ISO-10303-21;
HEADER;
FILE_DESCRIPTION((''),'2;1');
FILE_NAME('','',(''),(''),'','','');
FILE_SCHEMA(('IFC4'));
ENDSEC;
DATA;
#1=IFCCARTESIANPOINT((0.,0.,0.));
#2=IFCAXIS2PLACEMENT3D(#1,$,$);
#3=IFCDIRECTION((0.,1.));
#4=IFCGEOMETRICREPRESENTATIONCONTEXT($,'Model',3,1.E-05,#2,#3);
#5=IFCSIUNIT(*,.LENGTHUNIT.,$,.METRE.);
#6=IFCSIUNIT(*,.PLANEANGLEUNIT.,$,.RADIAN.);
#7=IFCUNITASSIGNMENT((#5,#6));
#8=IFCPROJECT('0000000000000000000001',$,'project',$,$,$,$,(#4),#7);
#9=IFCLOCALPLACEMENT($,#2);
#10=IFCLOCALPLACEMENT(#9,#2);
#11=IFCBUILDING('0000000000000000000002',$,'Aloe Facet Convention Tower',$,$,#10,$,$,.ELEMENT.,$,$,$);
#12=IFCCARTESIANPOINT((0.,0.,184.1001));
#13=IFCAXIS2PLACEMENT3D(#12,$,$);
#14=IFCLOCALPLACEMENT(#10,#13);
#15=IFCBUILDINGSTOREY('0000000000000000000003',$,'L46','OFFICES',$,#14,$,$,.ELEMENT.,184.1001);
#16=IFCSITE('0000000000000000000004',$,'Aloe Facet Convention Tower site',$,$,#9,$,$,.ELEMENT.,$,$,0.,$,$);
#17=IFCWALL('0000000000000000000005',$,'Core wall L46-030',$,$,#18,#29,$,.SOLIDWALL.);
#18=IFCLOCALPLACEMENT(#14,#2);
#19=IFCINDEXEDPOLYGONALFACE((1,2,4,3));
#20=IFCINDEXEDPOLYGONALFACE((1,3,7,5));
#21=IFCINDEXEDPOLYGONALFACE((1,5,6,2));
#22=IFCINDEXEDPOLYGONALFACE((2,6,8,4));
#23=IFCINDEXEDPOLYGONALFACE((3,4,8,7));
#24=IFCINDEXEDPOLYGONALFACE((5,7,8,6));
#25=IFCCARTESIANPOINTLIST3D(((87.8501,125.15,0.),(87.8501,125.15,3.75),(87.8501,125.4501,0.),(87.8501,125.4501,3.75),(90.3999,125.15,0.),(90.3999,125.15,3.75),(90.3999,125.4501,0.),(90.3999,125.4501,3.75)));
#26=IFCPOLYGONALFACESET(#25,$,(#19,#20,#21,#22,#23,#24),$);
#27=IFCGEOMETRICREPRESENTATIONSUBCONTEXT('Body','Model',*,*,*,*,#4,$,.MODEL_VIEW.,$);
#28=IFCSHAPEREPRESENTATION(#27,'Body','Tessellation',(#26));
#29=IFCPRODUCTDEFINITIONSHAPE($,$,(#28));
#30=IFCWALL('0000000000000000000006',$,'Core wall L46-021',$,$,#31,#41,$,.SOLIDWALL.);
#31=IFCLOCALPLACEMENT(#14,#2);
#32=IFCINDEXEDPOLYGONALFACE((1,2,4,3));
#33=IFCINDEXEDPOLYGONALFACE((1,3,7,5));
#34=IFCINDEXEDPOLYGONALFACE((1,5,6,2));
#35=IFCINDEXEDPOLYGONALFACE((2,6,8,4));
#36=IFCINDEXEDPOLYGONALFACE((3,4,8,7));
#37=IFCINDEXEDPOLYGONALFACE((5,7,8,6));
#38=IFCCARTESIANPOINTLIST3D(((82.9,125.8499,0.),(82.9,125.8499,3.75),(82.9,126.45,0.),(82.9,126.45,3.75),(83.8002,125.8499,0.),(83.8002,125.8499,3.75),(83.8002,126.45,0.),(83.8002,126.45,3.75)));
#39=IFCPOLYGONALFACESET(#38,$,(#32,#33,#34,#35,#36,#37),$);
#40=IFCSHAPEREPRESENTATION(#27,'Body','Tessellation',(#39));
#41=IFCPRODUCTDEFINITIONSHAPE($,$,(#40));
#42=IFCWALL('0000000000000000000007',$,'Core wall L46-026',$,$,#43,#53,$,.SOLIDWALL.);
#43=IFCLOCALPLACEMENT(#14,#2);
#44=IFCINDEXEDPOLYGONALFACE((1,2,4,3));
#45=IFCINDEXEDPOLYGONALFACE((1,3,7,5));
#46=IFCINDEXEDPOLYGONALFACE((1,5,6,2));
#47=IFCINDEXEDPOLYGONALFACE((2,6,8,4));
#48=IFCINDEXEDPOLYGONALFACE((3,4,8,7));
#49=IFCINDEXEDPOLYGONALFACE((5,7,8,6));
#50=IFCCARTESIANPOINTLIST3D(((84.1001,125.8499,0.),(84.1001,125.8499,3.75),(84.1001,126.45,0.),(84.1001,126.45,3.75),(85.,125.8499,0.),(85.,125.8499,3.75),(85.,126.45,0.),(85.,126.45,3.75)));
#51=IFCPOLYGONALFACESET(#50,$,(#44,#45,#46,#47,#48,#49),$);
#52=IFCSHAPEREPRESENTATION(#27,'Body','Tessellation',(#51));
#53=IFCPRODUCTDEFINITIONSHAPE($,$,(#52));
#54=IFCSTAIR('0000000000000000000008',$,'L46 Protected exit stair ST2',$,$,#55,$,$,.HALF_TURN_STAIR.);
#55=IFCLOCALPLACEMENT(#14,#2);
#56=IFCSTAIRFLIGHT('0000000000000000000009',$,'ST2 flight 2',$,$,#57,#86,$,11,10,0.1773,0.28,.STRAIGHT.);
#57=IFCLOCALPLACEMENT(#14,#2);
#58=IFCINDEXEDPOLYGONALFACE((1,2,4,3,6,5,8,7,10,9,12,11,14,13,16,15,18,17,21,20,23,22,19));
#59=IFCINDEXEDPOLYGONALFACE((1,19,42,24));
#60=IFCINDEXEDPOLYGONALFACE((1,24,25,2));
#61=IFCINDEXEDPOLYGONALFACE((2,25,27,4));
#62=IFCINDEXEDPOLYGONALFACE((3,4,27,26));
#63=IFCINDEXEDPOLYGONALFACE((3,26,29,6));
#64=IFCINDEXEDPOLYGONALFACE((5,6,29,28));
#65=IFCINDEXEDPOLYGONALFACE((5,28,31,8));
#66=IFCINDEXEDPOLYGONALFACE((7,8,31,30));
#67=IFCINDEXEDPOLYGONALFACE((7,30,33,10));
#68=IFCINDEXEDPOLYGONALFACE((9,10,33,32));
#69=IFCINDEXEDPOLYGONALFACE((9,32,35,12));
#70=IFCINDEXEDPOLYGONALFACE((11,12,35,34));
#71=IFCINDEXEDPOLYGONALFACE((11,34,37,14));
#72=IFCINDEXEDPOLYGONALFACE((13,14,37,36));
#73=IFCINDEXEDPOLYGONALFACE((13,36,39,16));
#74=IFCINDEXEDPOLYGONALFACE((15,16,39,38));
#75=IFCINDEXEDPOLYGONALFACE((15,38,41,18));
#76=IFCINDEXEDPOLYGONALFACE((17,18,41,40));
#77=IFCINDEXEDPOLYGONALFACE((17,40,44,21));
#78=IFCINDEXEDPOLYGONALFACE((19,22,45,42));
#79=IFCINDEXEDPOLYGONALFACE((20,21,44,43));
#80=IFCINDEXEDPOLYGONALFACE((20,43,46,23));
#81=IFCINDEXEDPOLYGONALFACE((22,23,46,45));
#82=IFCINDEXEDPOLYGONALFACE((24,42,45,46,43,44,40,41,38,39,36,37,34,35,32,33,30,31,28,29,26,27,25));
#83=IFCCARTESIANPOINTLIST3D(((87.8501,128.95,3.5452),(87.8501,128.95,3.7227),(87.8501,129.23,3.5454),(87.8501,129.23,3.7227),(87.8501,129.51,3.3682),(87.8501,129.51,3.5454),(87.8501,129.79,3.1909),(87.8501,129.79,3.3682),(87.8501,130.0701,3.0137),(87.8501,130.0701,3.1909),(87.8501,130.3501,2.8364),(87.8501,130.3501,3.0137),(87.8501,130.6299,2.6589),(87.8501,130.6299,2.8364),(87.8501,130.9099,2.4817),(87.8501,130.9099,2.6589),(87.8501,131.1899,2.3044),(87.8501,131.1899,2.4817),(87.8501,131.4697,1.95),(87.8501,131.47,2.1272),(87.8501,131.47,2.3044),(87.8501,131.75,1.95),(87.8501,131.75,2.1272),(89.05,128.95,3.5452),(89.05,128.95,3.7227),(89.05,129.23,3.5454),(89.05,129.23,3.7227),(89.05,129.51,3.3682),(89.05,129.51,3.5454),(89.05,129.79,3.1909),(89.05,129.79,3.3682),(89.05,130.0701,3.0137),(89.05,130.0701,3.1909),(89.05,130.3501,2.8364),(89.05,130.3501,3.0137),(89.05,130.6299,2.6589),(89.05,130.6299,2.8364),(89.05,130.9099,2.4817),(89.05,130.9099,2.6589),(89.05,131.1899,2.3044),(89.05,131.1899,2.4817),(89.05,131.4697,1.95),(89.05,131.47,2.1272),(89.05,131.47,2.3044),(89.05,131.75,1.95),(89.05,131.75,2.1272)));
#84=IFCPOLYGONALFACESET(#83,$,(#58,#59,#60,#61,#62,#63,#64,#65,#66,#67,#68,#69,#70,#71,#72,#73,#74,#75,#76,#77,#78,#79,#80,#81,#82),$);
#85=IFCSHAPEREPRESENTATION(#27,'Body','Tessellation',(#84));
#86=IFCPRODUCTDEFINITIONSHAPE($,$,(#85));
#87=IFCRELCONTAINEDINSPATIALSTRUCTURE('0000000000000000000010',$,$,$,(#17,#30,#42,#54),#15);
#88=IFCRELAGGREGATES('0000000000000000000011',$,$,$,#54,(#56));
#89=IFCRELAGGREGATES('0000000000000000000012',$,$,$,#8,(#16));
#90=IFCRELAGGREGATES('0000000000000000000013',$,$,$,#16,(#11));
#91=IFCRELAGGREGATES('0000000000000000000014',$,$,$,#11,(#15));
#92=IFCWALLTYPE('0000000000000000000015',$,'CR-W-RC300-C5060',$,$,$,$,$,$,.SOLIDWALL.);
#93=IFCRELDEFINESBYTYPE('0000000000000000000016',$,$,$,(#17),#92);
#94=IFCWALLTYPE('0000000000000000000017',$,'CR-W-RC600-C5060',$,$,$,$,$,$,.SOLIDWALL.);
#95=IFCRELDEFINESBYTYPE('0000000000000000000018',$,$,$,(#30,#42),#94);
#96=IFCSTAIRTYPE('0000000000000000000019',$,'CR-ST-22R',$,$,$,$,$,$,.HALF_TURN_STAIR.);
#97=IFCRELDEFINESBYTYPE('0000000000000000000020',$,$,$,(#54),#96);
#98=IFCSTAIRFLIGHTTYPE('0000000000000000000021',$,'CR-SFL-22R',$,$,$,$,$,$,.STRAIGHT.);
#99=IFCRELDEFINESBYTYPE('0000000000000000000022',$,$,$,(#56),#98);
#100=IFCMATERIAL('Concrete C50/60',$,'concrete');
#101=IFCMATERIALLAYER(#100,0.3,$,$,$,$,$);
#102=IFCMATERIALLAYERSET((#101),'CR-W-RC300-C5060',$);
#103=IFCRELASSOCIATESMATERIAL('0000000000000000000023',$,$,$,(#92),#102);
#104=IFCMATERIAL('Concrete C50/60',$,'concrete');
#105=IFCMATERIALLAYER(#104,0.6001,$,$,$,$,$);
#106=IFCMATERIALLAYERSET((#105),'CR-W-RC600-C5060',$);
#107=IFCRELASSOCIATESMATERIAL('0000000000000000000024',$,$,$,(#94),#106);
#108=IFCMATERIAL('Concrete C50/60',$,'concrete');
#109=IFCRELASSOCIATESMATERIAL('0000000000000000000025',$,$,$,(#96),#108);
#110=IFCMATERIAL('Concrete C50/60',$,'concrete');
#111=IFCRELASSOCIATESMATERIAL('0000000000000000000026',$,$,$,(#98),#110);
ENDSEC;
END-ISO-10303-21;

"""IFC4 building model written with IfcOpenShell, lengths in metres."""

from ifc_helpers import new_model, si_unit, direction, frame, frame_2d, origin, place, context, subcontext, project, spatial, polyline, rectangle, outline, extrude, material, layer, layer_set, type_object, element, aggregate, save


model = new_model("IFC4")

# Units and contexts
model_context = context("Model", 3, precision=1e-05, world=origin(), true_north=direction((0.0, 1.0)))
body_context = subcontext(model_context, "Body", "Model", "MODEL_VIEW")
ifc_project = project(units=[si_unit("LENGTHUNIT", "METRE"), si_unit("PLANEANGLEUNIT", "RADIAN")], contexts=[model_context])

# Site, building, storey
site_placement = place(None, origin())
site = spatial("IfcSite", under=ifc_project, at=site_placement, Name="Aloe Facet Convention Tower site", CompositionType="ELEMENT", RefElevation=0.0)
building_placement = place(site_placement, origin())
building = spatial("IfcBuilding", under=site, at=building_placement, Name="Aloe Facet Convention Tower", CompositionType="ELEMENT")
storey_placement = place(building_placement, frame((0.0, 0.0, 184.1001)))
storey = spatial("IfcBuildingStorey", under=building, at=storey_placement, Name="L46", Description="OFFICES", CompositionType="ELEMENT", Elevation=184.1001)

# Shared definitions
ifc_material_1 = material(Name="Concrete C50/60", Category="concrete")
ifc_layer_1 = layer(ifc_material_1, 0.3)
ifc_layer_set_1 = layer_set([ifc_layer_1], Name="CR-W-RC300-C5060")
wall_type_1 = type_object("IfcWallType", Name="CR-W-RC300-C5060", PredefinedType="SOLIDWALL", material=ifc_layer_set_1)

# Walls
for number, where, z_axis, x_axis, name in (
    (1, (87.8501, 125.3, 0.0), (0.0, 0.0, 1.0), (1.0, 0.0, 0.0), "Core wall L46-030"),
):
    element("IfcWall", number, at=place(storey_placement, frame(where, z_axis=z_axis, x_axis=x_axis)), inside=storey, type_object=wall_type_1, Name=name, PredefinedType="SOLIDWALL", context=body_context, shape_type="SweptSolid", body=[
        extrude(rectangle(XDim=2.5498, YDim=0.3, at=frame_2d((1.2749, 0.0))), origin(), (0.0, 0.0, 1.0), 3.75),
    ])
ifc_material_2 = material(Name="Concrete C50/60", Category="concrete")
ifc_layer_2 = layer(ifc_material_2, 0.6001)
ifc_layer_set_2 = layer_set([ifc_layer_2], Name="CR-W-RC600-C5060")
wall_type_2 = type_object("IfcWallType", Name="CR-W-RC600-C5060", PredefinedType="SOLIDWALL", material=ifc_layer_set_2)
wall_1_placement = place(storey_placement, frame((82.8999, 126.1499, 0.0), z_axis=(0.0, 0.0, 1.0), x_axis=(1.0, 0.0, 0.0)))
element("IfcWall", 2, at=wall_1_placement, inside=storey, type_object=wall_type_2, Name="Core wall L46-021", PredefinedType="SOLIDWALL", context=body_context, shape_type="SweptSolid", body=[
    extrude(rectangle(XDim=0.9001, YDim=0.6001, at=frame_2d((0.4502, 0.0))), origin(), (0.0, 0.0, 1.0), 3.75),
])
wall_2_placement = place(storey_placement, frame((84.1001, 126.1499, 0.0), z_axis=(0.0, 0.0, 1.0), x_axis=(1.0, 0.0, 0.0)))
element("IfcWall", 3, at=wall_2_placement, inside=storey, type_object=wall_type_2, Name="Core wall L46-026", PredefinedType="SOLIDWALL", context=body_context, shape_type="SweptSolid", body=[
    extrude(rectangle(XDim=0.8999, YDim=0.6001, at=frame_2d((0.45, 0.0))), origin(), (0.0, 0.0, 1.0), 3.75),
])

# Stair, stair flight
ifc_material_3 = material(Name="Concrete C50/60", Category="concrete")
stair_type = type_object("IfcStairType", Name="CR-ST-22R", PredefinedType="HALF_TURN_STAIR", material=ifc_material_3)
stair_placement = place(storey_placement, origin())
stair = element("IfcStair", 4, at=stair_placement, inside=storey, type_object=stair_type, Name="L46 Protected exit stair ST2", PredefinedType="HALF_TURN_STAIR")
ifc_material_4 = material(Name="Concrete C50/60", Category="concrete")
stair_flight_type = type_object("IfcStairFlightType", Name="CR-SFL-22R", PredefinedType="STRAIGHT", material=ifc_material_4)
stair_flight_placement = place(storey_placement, frame((88.45, 131.75, 1.95), z_axis=(0.0, 0.0, 1.0), x_axis=(0.0, -1.0, 0.0)))
stair_flight = element("IfcStairFlight", 5, at=stair_flight_placement, type_object=stair_flight_type, Name="ST2 flight 2", NumberOfRisers=11, NumberOfTreads=10, PredefinedType="STRAIGHT", RiserHeight=0.1773, TreadLength=0.28, context=body_context, shape_type="SweptSolid", body=[
    extrude(outline(polyline([(0.0, 0.0), (0.0, 0.1772), (0.28, 0.1772), (0.28, 0.3545), (0.5601, 0.3545), (0.5601, 0.5317), (0.8401, 0.5317), (0.8401, 0.709), (1.1201, 0.709), (1.1201, 0.8865), (1.3999, 0.8865), (1.3999, 1.0637), (1.6799, 1.0637), (1.6799, 1.241), (1.96, 1.241), (1.96, 1.4182), (2.24, 1.4182), (2.24, 1.5955), (2.52, 1.5955), (2.52, 1.7727), (2.8, 1.7727), (2.8, 1.95), (2.8, 1.5952), (0.2803, 0.0), (0.0, 0.0)])), frame((0.0, 0.6001, 0.0), z_axis=(0.0, -1.0, 0.0), x_axis=(1.0, 0.0, 0.0)), (0.0, 0.0, 1.0), 1.2),
])
aggregate(stair, [stair_flight])

save(model, "model.ifc")
